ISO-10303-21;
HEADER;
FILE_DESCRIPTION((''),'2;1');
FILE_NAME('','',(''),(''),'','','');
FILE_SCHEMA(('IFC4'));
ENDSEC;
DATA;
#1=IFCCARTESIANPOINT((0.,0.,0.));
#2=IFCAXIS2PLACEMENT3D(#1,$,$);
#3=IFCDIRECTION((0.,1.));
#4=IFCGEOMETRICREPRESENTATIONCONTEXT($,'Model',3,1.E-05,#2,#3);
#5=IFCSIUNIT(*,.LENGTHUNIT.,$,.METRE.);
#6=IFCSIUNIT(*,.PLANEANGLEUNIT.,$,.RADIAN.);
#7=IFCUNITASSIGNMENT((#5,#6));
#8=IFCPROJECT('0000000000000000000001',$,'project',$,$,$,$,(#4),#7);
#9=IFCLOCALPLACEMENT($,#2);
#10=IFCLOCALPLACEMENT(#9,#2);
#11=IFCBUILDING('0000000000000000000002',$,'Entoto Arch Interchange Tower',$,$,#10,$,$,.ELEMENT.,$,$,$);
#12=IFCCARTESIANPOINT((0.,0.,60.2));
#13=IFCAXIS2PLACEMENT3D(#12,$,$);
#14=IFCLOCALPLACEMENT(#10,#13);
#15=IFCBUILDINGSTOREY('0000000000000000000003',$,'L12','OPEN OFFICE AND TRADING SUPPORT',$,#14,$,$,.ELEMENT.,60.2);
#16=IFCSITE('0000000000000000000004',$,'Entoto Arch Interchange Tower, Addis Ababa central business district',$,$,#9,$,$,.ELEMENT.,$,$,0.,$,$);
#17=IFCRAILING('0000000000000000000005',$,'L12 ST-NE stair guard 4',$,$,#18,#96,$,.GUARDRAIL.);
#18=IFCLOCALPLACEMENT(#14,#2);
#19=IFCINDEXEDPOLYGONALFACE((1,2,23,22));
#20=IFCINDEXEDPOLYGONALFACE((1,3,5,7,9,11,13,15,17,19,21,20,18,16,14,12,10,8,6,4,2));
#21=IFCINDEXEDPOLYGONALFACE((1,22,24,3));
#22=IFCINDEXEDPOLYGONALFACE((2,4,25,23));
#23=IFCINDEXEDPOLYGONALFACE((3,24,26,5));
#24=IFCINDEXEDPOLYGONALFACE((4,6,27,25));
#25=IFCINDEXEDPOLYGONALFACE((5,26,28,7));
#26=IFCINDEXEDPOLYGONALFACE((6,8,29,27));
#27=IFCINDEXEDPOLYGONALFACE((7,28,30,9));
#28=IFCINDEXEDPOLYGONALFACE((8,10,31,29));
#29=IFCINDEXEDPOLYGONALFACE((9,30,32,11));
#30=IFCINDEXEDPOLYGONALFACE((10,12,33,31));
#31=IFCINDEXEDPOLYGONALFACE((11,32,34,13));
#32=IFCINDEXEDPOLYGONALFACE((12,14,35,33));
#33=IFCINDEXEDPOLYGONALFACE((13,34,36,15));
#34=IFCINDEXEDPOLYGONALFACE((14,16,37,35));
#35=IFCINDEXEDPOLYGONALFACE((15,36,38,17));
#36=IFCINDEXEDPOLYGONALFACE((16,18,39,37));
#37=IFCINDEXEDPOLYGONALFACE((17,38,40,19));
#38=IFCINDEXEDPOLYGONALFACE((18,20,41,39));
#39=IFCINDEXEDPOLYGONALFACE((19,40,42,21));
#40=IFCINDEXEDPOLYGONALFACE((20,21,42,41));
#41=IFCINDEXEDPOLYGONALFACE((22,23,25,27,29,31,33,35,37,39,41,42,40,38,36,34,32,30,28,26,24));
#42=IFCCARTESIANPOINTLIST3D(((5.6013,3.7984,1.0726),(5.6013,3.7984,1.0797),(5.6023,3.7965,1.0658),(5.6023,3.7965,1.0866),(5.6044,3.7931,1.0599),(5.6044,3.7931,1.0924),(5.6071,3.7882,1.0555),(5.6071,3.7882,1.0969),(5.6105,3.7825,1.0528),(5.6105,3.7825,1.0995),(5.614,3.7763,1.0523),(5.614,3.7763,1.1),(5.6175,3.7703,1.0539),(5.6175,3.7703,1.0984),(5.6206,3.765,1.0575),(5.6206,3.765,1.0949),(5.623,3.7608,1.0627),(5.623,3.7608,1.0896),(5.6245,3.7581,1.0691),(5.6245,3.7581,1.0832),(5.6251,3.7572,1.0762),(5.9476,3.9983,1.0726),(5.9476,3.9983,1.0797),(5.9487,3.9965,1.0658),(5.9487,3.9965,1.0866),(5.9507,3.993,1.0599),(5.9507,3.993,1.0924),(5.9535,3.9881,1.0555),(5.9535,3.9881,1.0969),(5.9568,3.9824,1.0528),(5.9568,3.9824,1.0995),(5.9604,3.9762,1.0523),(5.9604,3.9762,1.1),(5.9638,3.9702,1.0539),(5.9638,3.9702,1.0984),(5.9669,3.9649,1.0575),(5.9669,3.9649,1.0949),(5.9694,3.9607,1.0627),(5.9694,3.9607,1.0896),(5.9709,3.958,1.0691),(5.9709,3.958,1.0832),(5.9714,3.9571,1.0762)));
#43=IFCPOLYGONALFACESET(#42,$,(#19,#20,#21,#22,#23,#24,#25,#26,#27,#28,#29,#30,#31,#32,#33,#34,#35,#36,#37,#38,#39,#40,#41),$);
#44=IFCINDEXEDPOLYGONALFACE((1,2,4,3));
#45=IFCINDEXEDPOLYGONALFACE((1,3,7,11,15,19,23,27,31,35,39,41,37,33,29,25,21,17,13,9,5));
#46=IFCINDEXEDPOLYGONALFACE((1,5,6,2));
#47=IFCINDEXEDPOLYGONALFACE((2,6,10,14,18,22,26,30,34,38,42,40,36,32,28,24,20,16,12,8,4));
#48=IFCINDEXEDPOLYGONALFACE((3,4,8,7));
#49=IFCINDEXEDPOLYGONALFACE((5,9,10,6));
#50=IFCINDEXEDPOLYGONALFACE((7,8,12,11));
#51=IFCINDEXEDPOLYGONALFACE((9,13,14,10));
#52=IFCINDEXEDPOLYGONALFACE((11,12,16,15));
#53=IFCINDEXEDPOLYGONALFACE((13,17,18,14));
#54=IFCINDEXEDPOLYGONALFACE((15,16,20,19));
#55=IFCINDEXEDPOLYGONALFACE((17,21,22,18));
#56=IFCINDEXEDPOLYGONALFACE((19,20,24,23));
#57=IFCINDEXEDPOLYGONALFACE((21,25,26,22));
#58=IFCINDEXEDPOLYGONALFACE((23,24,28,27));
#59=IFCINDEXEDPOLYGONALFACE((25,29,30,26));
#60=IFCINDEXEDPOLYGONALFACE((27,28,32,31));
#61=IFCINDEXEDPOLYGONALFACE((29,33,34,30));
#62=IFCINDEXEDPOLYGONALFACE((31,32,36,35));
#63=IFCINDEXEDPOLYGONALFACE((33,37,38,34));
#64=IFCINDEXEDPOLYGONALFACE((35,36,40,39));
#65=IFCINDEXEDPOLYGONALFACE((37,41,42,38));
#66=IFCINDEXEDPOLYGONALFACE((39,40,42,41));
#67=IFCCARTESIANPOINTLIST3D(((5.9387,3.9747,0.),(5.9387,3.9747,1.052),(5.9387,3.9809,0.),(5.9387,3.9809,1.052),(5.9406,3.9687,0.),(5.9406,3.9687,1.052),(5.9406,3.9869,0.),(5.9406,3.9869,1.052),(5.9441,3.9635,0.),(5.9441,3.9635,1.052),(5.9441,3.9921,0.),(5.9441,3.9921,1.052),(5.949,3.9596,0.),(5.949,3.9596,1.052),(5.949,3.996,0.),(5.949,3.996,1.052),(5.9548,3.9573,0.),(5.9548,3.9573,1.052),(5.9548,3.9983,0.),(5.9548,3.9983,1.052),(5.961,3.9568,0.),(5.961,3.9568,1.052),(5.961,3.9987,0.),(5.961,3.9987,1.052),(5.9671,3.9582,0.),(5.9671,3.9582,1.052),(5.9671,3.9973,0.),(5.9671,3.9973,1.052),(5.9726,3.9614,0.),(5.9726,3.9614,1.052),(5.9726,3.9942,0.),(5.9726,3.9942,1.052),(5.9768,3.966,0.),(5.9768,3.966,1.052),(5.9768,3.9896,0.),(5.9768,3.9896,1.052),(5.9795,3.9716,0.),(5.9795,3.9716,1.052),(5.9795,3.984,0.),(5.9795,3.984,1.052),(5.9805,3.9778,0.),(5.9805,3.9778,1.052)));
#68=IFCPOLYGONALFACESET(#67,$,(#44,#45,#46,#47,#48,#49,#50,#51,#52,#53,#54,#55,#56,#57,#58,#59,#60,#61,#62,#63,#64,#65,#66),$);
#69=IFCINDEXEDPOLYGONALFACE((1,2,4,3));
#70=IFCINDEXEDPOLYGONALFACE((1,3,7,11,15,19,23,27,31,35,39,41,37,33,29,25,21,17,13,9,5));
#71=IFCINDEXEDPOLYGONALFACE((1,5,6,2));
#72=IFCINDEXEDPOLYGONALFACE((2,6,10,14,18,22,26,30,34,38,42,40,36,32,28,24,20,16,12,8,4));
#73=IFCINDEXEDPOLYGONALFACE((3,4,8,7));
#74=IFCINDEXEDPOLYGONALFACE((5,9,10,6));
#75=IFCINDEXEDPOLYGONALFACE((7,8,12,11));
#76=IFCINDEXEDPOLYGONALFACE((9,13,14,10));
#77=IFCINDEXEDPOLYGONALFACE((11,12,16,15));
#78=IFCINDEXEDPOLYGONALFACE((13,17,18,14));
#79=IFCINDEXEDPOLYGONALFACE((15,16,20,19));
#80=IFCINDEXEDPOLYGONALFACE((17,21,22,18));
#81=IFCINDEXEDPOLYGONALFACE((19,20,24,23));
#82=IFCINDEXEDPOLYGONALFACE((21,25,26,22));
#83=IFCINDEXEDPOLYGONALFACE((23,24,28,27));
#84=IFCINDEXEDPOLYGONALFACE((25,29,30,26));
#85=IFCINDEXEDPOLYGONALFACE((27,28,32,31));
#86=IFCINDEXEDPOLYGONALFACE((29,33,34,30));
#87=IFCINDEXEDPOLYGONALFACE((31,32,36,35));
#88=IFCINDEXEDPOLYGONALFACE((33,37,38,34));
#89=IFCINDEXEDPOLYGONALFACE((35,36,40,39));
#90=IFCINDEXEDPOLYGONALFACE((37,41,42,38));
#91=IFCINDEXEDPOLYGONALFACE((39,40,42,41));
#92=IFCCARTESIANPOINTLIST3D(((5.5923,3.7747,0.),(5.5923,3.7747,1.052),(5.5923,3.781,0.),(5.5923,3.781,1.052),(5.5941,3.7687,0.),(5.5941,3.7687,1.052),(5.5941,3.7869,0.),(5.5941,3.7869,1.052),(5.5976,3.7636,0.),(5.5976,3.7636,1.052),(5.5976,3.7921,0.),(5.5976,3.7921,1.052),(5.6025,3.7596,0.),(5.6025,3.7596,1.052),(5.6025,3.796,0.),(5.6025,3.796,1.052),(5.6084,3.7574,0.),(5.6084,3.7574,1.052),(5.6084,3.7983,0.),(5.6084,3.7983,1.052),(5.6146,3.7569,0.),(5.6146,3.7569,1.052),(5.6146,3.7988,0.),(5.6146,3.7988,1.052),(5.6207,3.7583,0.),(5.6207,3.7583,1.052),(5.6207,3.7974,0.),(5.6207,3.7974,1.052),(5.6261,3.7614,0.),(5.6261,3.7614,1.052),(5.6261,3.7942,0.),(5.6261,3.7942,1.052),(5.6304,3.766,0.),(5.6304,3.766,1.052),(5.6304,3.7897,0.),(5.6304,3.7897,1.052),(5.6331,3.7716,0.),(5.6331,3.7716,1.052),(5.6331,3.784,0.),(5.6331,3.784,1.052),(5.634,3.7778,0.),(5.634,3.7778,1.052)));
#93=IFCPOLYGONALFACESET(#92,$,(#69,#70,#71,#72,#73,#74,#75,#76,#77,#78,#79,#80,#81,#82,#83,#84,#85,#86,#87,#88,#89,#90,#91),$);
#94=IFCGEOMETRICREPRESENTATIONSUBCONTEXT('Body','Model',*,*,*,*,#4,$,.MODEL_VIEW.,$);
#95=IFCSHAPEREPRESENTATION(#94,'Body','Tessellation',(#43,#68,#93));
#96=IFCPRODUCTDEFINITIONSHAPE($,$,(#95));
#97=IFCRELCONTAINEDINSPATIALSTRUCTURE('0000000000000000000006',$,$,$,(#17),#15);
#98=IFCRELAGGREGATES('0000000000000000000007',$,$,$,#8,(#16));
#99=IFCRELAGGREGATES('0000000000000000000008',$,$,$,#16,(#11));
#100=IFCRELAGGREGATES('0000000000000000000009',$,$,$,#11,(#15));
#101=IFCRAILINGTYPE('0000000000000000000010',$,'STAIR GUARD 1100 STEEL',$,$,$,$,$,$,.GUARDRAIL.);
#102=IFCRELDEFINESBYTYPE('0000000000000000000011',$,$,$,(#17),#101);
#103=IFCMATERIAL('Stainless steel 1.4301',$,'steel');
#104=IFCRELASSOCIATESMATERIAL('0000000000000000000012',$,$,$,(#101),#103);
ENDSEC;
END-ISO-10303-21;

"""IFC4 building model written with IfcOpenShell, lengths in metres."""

from ifc_helpers import new_model, si_unit, direction, frame, origin, origin_2d, place, context, subcontext, project, spatial, circle, extrude, material, type_object, element, save


model = new_model("IFC4")

# Units and contexts
model_context = context("Model", 3, precision=1e-05, world=origin(), true_north=direction((0.0, 1.0)))
body_context = subcontext(model_context, "Body", "Model", "MODEL_VIEW")
ifc_project = project(units=[si_unit("LENGTHUNIT", "METRE"), si_unit("PLANEANGLEUNIT", "RADIAN")], contexts=[model_context])

# Site, building, storey
site_placement = place(None, origin())
site = spatial("IfcSite", under=ifc_project, at=site_placement, Name="Entoto Arch Interchange Tower, Addis Ababa central business district", CompositionType="ELEMENT", RefElevation=0.0)
building_placement = place(site_placement, origin())
building = spatial("IfcBuilding", under=site, at=building_placement, Name="Entoto Arch Interchange Tower", CompositionType="ELEMENT")
storey_placement = place(building_placement, frame((0.0, 0.0, 60.2)))
storey = spatial("IfcBuildingStorey", under=building, at=storey_placement, Name="L12", Description="OPEN OFFICE AND TRADING SUPPORT", CompositionType="ELEMENT", Elevation=60.2)

# Railing
ifc_material_1 = material(Name="Stainless steel 1.4301", Category="steel")
railing_type_1 = type_object("IfcRailingType", Name="STAIR GUARD 1100 STEEL", PredefinedType="GUARDRAIL", material=ifc_material_1)
railing_1_placement = place(storey_placement, frame((5.9595, 3.9778, 0.0)))
element("IfcRailing", 1, at=railing_1_placement, inside=storey, type_object=railing_type_1, Name="L12 ST-NE stair guard 4", PredefinedType="GUARDRAIL", context=body_context, shape_type="SweptSolid", body=[
    extrude(circle(Radius=0.0239, at=origin_2d()), frame((0.0, 0.0, 1.0762), z_axis=(-0.866094, -0.499881, 0.0), x_axis=(0.499881, -0.866094, 0.0)), (0.0, 0.0, 1.0), 0.3999),
    extrude(circle(Radius=0.021, at=origin_2d()), origin(), (0.0, 0.0, 1.0), 1.052),
    extrude(circle(Radius=0.021, at=origin_2d()), frame((-0.3464, -0.2, 0.0)), (0.0, 0.0, 1.0), 1.052),
])

save(model, "model.ifc")
